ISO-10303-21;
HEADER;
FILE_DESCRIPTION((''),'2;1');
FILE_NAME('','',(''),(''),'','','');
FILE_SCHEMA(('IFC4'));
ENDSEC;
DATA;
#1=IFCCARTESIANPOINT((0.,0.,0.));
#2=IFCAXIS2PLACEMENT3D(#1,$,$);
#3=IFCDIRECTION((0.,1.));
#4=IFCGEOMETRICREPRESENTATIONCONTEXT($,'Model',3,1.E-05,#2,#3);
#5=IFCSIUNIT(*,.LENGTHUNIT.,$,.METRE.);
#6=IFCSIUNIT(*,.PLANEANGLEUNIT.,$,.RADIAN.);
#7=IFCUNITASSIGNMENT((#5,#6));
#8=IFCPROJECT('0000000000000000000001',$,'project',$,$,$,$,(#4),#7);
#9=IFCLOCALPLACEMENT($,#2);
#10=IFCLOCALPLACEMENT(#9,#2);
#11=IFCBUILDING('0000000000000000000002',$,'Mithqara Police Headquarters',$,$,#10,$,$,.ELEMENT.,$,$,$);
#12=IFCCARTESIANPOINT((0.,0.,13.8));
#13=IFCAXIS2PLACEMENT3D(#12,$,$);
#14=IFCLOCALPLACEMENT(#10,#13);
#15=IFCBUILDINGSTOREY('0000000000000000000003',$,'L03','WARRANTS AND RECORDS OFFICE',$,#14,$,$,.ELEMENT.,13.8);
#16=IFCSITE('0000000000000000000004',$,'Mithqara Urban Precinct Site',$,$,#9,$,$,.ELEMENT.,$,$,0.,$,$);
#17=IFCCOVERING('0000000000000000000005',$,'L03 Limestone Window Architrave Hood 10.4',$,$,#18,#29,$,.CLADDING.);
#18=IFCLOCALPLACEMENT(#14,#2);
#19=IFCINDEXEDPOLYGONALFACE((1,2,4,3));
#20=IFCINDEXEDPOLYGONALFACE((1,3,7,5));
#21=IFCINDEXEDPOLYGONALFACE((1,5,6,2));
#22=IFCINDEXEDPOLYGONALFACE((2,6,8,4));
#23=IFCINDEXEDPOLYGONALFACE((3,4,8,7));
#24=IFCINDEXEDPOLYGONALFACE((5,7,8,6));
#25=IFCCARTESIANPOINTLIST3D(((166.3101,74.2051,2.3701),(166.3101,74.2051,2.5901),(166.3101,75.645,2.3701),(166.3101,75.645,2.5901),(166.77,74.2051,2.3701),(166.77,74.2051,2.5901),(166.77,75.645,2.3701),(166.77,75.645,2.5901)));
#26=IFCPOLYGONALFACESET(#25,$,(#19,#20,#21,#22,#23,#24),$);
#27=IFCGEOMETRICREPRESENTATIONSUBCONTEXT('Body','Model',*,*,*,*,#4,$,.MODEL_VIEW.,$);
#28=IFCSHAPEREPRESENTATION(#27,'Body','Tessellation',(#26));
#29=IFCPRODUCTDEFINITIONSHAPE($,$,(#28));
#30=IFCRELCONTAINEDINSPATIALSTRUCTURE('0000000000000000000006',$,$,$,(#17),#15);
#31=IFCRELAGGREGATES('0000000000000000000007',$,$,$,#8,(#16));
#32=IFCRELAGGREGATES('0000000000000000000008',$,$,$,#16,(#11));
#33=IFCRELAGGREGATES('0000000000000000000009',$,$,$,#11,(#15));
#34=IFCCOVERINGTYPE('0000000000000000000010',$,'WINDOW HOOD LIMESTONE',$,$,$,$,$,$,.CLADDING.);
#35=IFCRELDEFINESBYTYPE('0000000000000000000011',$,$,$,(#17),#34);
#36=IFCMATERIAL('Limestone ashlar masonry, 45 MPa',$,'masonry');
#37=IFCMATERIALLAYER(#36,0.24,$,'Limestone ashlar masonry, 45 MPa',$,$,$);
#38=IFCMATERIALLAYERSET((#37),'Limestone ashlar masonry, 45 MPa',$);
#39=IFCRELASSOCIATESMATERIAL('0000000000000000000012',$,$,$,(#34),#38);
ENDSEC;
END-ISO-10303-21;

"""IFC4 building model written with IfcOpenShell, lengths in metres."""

from ifc_helpers import new_model, si_unit, direction, frame, origin, origin_2d, place, context, subcontext, project, spatial, rectangle, extrude, material, layer, layer_set, type_object, element, save


model = new_model("IFC4")

# Units and contexts
model_context = context("Model", 3, precision=1e-05, world=origin(), true_north=direction((0.0, 1.0)))
body_context = subcontext(model_context, "Body", "Model", "MODEL_VIEW")
ifc_project = project(units=[si_unit("LENGTHUNIT", "METRE"), si_unit("PLANEANGLEUNIT", "RADIAN")], contexts=[model_context])

# Site, building, storey
site_placement = place(None, origin())
site = spatial("IfcSite", under=ifc_project, at=site_placement, Name="Mithqara Urban Precinct Site", CompositionType="ELEMENT", RefElevation=0.0)
building_placement = place(site_placement, origin())
building = spatial("IfcBuilding", under=site, at=building_placement, Name="Mithqara Police Headquarters", CompositionType="ELEMENT")
storey_placement = place(building_placement, frame((0.0, 0.0, 13.8)))
storey = spatial("IfcBuildingStorey", under=building, at=storey_placement, Name="L03", Description="WARRANTS AND RECORDS OFFICE", CompositionType="ELEMENT", Elevation=13.8)

# Covering
ifc_material_1 = material(Name="Limestone ashlar masonry, 45 MPa", Category="masonry")
ifc_layer_1 = layer(ifc_material_1, 0.24, Name="Limestone ashlar masonry, 45 MPa")
ifc_layer_set_1 = layer_set([ifc_layer_1], Name="Limestone ashlar masonry, 45 MPa")
covering_type = type_object("IfcCoveringType", Name="WINDOW HOOD LIMESTONE", PredefinedType="CLADDING", material=ifc_layer_set_1)
covering_placement = place(storey_placement, frame((166.54, 74.925, 2.3701), z_axis=(0.0, 0.0, 1.0), x_axis=(0.0, 1.0, 0.0)))
element("IfcCovering", 1, at=covering_placement, inside=storey, type_object=covering_type, Name="L03 Limestone Window Architrave Hood 10.4", PredefinedType="CLADDING", context=body_context, shape_type="SweptSolid", body=[
    extrude(rectangle(XDim=1.4399, YDim=0.46, at=origin_2d()), origin(), (0.0, 0.0, 1.0), 0.22),
])

save(model, "model.ifc")
